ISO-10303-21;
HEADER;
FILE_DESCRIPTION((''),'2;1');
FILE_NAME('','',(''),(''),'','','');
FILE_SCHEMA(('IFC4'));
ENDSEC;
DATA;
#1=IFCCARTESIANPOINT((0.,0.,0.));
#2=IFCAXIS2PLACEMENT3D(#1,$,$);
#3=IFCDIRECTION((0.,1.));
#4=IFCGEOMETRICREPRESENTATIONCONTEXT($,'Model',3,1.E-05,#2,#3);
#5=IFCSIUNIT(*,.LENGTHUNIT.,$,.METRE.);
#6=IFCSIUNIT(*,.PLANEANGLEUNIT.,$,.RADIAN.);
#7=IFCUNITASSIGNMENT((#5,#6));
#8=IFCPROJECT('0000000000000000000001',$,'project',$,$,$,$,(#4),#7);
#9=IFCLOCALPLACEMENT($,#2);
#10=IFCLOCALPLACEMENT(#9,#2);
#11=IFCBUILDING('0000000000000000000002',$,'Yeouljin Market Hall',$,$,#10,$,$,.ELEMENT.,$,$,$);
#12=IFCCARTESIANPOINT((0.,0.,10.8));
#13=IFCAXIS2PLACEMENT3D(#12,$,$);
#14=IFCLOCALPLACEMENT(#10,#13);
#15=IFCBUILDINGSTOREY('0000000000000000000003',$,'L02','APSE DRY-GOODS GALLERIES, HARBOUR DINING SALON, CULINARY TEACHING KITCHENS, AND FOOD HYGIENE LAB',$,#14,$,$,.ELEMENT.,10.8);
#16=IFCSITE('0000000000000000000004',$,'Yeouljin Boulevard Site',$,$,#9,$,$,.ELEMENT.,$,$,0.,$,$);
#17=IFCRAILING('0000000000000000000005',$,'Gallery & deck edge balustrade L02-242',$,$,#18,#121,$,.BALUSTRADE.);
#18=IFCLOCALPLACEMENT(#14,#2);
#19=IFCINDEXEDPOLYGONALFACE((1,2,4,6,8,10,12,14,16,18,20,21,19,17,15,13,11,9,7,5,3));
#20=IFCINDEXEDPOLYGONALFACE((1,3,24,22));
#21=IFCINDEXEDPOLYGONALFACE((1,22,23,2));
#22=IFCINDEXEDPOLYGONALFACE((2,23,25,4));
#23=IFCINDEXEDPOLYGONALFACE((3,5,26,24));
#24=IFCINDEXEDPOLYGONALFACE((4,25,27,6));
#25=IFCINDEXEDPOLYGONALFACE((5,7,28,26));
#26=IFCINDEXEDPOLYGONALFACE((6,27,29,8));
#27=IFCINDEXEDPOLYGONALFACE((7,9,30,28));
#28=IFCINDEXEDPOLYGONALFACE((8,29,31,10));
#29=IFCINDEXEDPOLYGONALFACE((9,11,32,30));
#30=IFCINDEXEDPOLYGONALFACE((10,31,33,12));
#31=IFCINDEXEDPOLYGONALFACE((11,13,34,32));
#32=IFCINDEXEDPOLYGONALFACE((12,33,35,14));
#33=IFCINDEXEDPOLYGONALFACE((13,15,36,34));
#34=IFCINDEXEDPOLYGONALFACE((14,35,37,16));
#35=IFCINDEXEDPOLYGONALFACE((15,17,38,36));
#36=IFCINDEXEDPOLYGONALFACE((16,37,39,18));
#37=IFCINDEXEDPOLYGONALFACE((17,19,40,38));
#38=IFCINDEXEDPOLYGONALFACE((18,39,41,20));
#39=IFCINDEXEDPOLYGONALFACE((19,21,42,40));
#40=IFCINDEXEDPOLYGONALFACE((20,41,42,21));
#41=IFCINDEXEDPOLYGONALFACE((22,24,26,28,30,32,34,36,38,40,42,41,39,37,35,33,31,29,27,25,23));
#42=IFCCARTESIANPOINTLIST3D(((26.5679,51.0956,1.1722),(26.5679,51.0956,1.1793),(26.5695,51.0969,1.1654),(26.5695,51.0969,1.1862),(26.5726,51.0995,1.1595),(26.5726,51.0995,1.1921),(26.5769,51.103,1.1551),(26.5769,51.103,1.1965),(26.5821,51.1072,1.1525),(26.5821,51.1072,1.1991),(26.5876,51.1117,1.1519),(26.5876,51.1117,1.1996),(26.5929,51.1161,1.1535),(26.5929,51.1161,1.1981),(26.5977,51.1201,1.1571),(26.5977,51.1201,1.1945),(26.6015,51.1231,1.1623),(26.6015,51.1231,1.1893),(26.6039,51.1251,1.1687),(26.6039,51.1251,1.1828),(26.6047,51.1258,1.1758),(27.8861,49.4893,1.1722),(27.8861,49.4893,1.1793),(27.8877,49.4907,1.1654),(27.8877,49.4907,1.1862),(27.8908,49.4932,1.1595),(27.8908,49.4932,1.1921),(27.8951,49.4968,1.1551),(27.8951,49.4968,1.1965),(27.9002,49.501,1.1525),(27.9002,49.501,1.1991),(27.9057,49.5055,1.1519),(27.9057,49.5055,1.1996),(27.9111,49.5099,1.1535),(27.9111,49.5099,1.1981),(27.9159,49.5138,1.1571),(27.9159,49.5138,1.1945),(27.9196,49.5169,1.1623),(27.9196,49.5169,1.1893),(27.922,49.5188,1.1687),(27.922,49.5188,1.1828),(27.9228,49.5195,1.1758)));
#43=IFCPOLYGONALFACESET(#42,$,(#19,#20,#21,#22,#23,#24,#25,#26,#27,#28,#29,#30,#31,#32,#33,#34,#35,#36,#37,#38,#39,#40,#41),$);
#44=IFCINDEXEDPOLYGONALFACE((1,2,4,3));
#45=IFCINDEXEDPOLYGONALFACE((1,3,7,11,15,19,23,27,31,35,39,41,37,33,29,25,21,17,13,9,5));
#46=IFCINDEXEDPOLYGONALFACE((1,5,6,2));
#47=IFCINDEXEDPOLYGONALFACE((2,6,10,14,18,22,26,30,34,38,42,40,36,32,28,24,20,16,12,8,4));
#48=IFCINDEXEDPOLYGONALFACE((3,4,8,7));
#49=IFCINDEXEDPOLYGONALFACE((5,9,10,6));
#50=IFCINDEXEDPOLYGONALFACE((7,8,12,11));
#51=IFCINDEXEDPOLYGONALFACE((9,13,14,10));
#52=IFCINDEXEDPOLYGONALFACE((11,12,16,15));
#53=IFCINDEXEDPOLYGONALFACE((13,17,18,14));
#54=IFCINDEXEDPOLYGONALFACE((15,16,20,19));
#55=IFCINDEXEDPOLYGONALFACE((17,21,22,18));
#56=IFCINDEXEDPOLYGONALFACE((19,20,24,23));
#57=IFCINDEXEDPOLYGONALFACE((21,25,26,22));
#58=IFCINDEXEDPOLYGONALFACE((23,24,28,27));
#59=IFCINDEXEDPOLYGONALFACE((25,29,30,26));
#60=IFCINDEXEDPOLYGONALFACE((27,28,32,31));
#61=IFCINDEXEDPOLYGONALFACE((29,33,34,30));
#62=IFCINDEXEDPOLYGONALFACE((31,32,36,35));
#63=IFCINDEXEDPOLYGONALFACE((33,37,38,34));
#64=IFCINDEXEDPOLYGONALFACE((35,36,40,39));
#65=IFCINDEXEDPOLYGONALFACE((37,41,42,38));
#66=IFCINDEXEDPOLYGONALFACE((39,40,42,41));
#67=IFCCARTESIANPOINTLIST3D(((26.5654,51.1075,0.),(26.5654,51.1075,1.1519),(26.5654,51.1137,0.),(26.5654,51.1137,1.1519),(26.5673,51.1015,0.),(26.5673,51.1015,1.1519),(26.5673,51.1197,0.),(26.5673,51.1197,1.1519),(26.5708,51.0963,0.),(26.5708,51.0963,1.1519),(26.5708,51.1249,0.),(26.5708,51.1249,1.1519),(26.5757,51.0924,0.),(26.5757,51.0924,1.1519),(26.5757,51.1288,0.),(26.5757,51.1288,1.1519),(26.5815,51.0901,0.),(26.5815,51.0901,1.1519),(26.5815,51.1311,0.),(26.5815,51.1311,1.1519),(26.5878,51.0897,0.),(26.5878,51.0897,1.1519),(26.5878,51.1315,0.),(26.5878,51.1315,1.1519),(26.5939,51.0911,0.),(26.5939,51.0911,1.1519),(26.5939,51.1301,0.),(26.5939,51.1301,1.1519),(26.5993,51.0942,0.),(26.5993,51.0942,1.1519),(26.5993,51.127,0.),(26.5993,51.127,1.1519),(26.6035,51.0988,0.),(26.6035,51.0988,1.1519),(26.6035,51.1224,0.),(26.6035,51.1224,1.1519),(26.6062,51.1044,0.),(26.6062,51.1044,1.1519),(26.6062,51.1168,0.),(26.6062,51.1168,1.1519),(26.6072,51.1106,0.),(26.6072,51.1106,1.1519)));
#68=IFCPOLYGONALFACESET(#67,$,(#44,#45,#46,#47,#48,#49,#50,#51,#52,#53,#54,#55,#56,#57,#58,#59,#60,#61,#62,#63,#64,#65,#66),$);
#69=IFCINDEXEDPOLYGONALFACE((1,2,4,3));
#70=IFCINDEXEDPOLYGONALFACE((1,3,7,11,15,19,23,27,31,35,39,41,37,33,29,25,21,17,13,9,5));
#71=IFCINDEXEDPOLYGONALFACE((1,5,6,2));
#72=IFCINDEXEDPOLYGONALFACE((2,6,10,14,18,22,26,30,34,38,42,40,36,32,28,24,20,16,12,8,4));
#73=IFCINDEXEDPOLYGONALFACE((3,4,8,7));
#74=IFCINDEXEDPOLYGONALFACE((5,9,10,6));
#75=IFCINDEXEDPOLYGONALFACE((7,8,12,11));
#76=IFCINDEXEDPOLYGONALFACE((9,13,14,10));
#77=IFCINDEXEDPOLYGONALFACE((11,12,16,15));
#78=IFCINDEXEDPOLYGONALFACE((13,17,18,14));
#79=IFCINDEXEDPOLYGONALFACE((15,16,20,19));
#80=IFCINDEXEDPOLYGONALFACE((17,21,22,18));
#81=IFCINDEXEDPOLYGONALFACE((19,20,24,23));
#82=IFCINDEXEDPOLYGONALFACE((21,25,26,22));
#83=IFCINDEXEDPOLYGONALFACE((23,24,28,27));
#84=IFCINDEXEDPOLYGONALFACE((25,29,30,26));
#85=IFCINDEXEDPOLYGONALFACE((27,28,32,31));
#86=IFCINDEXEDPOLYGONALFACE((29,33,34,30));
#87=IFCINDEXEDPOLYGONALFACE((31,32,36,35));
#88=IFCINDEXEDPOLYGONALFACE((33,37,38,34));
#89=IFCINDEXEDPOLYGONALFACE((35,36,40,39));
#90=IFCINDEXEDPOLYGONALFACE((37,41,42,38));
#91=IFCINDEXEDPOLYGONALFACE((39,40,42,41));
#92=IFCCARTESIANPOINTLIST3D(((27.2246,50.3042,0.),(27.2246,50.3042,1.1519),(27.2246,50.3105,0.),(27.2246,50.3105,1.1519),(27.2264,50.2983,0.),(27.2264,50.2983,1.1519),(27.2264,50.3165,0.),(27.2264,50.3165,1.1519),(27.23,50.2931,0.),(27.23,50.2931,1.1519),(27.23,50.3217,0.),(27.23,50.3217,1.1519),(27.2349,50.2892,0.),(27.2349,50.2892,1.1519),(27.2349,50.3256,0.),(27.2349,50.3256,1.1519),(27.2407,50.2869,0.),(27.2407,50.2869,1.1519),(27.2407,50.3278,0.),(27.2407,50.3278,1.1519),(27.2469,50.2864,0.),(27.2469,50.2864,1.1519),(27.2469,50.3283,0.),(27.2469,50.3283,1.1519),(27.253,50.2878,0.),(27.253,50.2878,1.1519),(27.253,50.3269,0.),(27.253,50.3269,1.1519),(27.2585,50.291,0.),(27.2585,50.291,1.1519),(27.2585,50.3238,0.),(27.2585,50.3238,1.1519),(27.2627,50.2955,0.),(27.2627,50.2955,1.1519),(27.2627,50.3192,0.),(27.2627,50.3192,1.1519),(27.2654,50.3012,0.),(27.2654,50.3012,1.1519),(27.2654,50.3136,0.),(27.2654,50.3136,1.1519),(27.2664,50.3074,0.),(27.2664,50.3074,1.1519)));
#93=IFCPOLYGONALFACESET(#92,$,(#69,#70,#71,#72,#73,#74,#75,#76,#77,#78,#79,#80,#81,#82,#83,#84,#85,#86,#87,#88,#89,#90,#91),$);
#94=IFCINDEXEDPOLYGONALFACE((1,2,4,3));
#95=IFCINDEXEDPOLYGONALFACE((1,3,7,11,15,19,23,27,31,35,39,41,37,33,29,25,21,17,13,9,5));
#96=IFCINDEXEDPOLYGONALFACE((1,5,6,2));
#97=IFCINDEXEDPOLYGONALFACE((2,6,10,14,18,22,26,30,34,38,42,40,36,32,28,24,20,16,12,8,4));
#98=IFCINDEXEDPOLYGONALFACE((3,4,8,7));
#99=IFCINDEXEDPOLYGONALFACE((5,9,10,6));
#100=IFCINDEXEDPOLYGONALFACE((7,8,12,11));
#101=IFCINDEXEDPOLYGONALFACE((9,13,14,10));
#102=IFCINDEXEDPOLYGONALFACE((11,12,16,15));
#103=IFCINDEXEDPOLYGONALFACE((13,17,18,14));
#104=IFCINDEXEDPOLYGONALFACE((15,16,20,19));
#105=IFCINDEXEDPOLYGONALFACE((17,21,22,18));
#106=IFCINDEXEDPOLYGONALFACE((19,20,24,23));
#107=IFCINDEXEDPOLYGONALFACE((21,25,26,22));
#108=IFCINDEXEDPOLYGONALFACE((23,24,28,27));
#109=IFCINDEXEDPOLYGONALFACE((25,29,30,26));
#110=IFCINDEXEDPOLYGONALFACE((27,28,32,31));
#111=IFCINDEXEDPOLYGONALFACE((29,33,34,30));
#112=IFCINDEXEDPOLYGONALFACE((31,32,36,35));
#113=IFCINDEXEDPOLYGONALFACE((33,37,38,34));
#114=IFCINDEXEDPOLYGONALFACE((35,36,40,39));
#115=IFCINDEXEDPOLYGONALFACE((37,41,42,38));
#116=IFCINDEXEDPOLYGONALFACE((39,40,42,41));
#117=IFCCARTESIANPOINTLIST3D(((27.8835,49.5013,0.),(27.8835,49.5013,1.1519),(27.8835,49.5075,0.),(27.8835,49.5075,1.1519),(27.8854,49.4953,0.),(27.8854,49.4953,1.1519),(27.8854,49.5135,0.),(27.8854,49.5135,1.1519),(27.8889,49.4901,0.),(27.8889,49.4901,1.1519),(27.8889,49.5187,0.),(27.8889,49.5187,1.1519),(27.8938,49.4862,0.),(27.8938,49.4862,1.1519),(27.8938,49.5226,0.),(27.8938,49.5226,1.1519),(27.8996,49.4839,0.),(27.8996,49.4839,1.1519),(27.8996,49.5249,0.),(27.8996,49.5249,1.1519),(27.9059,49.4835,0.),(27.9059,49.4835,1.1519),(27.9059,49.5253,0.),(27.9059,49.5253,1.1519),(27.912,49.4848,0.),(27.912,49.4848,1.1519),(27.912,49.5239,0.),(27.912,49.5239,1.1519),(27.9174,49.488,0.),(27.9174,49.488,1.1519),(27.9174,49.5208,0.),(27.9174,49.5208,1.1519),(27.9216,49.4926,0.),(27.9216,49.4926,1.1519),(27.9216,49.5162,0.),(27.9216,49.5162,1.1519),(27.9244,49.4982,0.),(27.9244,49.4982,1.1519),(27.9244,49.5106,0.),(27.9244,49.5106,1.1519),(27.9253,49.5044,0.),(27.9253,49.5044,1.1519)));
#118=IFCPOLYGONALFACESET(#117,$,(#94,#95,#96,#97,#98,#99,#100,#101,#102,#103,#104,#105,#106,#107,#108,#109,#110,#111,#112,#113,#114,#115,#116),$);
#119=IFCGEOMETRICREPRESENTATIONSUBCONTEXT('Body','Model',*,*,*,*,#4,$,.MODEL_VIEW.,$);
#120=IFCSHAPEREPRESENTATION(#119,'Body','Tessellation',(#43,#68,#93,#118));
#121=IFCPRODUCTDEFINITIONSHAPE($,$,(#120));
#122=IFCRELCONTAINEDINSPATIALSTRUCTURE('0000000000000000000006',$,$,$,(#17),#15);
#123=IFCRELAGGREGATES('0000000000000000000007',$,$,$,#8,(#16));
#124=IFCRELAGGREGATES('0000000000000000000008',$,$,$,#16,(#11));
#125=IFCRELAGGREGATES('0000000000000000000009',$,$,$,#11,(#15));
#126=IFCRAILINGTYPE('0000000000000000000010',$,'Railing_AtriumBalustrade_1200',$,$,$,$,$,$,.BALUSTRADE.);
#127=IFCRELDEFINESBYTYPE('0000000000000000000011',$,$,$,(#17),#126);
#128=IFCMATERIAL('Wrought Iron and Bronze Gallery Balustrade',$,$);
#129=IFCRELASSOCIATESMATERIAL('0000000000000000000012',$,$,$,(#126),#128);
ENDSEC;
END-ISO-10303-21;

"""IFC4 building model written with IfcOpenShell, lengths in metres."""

from ifc_helpers import new_model, si_unit, direction, frame, origin, origin_2d, place, context, subcontext, project, spatial, circle, extrude, material, type_object, element, save


model = new_model("IFC4")

# Units and contexts
model_context = context("Model", 3, precision=1e-05, world=origin(), true_north=direction((0.0, 1.0)))
body_context = subcontext(model_context, "Body", "Model", "MODEL_VIEW")
ifc_project = project(units=[si_unit("LENGTHUNIT", "METRE"), si_unit("PLANEANGLEUNIT", "RADIAN")], contexts=[model_context])

# Site, building, storey
site_placement = place(None, origin())
site = spatial("IfcSite", under=ifc_project, at=site_placement, Name="Yeouljin Boulevard Site", CompositionType="ELEMENT", RefElevation=0.0)
building_placement = place(site_placement, origin())
building = spatial("IfcBuilding", under=site, at=building_placement, Name="Yeouljin Market Hall", CompositionType="ELEMENT")
storey_placement = place(building_placement, frame((0.0, 0.0, 10.8)))
storey = spatial("IfcBuildingStorey", under=building, at=storey_placement, Name="L02", Description="APSE DRY-GOODS GALLERIES, HARBOUR DINING SALON, CULINARY TEACHING KITCHENS, AND FOOD HYGIENE LAB", CompositionType="ELEMENT", Elevation=10.8)

# Railing
ifc_material_1 = material(Name="Wrought Iron and Bronze Gallery Balustrade")
railing_type = type_object("IfcRailingType", Name="Railing_AtriumBalustrade_1200", PredefinedType="BALUSTRADE", material=ifc_material_1)
railing_1_placement = place(storey_placement, frame((26.5862, 51.1106, 0.0)))
element("IfcRailing", 1, at=railing_1_placement, inside=storey, type_object=railing_type, Name="Gallery & deck edge balustrade L02-242", PredefinedType="BALUSTRADE", context=body_context, shape_type="SweptSolid", body=[
    extrude(circle(Radius=0.0239, at=origin_2d()), frame((0.0, 0.0, 1.1758), z_axis=(0.634376, -0.773025, 0.0), x_axis=(0.773025, 0.634376, 0.0)), (0.0, 0.0, 1.0), 2.0779),
    extrude(circle(Radius=0.021, at=origin_2d()), origin(), (0.0, 0.0, 1.0), 1.1519),
    extrude(circle(Radius=0.021, at=origin_2d()), frame((0.6592, -0.8032, 0.0)), (0.0, 0.0, 1.0), 1.1519),
    extrude(circle(Radius=0.021, at=origin_2d()), frame((1.3181, -1.6062, 0.0)), (0.0, 0.0, 1.0), 1.1519),
])

save(model, "model.ifc")
